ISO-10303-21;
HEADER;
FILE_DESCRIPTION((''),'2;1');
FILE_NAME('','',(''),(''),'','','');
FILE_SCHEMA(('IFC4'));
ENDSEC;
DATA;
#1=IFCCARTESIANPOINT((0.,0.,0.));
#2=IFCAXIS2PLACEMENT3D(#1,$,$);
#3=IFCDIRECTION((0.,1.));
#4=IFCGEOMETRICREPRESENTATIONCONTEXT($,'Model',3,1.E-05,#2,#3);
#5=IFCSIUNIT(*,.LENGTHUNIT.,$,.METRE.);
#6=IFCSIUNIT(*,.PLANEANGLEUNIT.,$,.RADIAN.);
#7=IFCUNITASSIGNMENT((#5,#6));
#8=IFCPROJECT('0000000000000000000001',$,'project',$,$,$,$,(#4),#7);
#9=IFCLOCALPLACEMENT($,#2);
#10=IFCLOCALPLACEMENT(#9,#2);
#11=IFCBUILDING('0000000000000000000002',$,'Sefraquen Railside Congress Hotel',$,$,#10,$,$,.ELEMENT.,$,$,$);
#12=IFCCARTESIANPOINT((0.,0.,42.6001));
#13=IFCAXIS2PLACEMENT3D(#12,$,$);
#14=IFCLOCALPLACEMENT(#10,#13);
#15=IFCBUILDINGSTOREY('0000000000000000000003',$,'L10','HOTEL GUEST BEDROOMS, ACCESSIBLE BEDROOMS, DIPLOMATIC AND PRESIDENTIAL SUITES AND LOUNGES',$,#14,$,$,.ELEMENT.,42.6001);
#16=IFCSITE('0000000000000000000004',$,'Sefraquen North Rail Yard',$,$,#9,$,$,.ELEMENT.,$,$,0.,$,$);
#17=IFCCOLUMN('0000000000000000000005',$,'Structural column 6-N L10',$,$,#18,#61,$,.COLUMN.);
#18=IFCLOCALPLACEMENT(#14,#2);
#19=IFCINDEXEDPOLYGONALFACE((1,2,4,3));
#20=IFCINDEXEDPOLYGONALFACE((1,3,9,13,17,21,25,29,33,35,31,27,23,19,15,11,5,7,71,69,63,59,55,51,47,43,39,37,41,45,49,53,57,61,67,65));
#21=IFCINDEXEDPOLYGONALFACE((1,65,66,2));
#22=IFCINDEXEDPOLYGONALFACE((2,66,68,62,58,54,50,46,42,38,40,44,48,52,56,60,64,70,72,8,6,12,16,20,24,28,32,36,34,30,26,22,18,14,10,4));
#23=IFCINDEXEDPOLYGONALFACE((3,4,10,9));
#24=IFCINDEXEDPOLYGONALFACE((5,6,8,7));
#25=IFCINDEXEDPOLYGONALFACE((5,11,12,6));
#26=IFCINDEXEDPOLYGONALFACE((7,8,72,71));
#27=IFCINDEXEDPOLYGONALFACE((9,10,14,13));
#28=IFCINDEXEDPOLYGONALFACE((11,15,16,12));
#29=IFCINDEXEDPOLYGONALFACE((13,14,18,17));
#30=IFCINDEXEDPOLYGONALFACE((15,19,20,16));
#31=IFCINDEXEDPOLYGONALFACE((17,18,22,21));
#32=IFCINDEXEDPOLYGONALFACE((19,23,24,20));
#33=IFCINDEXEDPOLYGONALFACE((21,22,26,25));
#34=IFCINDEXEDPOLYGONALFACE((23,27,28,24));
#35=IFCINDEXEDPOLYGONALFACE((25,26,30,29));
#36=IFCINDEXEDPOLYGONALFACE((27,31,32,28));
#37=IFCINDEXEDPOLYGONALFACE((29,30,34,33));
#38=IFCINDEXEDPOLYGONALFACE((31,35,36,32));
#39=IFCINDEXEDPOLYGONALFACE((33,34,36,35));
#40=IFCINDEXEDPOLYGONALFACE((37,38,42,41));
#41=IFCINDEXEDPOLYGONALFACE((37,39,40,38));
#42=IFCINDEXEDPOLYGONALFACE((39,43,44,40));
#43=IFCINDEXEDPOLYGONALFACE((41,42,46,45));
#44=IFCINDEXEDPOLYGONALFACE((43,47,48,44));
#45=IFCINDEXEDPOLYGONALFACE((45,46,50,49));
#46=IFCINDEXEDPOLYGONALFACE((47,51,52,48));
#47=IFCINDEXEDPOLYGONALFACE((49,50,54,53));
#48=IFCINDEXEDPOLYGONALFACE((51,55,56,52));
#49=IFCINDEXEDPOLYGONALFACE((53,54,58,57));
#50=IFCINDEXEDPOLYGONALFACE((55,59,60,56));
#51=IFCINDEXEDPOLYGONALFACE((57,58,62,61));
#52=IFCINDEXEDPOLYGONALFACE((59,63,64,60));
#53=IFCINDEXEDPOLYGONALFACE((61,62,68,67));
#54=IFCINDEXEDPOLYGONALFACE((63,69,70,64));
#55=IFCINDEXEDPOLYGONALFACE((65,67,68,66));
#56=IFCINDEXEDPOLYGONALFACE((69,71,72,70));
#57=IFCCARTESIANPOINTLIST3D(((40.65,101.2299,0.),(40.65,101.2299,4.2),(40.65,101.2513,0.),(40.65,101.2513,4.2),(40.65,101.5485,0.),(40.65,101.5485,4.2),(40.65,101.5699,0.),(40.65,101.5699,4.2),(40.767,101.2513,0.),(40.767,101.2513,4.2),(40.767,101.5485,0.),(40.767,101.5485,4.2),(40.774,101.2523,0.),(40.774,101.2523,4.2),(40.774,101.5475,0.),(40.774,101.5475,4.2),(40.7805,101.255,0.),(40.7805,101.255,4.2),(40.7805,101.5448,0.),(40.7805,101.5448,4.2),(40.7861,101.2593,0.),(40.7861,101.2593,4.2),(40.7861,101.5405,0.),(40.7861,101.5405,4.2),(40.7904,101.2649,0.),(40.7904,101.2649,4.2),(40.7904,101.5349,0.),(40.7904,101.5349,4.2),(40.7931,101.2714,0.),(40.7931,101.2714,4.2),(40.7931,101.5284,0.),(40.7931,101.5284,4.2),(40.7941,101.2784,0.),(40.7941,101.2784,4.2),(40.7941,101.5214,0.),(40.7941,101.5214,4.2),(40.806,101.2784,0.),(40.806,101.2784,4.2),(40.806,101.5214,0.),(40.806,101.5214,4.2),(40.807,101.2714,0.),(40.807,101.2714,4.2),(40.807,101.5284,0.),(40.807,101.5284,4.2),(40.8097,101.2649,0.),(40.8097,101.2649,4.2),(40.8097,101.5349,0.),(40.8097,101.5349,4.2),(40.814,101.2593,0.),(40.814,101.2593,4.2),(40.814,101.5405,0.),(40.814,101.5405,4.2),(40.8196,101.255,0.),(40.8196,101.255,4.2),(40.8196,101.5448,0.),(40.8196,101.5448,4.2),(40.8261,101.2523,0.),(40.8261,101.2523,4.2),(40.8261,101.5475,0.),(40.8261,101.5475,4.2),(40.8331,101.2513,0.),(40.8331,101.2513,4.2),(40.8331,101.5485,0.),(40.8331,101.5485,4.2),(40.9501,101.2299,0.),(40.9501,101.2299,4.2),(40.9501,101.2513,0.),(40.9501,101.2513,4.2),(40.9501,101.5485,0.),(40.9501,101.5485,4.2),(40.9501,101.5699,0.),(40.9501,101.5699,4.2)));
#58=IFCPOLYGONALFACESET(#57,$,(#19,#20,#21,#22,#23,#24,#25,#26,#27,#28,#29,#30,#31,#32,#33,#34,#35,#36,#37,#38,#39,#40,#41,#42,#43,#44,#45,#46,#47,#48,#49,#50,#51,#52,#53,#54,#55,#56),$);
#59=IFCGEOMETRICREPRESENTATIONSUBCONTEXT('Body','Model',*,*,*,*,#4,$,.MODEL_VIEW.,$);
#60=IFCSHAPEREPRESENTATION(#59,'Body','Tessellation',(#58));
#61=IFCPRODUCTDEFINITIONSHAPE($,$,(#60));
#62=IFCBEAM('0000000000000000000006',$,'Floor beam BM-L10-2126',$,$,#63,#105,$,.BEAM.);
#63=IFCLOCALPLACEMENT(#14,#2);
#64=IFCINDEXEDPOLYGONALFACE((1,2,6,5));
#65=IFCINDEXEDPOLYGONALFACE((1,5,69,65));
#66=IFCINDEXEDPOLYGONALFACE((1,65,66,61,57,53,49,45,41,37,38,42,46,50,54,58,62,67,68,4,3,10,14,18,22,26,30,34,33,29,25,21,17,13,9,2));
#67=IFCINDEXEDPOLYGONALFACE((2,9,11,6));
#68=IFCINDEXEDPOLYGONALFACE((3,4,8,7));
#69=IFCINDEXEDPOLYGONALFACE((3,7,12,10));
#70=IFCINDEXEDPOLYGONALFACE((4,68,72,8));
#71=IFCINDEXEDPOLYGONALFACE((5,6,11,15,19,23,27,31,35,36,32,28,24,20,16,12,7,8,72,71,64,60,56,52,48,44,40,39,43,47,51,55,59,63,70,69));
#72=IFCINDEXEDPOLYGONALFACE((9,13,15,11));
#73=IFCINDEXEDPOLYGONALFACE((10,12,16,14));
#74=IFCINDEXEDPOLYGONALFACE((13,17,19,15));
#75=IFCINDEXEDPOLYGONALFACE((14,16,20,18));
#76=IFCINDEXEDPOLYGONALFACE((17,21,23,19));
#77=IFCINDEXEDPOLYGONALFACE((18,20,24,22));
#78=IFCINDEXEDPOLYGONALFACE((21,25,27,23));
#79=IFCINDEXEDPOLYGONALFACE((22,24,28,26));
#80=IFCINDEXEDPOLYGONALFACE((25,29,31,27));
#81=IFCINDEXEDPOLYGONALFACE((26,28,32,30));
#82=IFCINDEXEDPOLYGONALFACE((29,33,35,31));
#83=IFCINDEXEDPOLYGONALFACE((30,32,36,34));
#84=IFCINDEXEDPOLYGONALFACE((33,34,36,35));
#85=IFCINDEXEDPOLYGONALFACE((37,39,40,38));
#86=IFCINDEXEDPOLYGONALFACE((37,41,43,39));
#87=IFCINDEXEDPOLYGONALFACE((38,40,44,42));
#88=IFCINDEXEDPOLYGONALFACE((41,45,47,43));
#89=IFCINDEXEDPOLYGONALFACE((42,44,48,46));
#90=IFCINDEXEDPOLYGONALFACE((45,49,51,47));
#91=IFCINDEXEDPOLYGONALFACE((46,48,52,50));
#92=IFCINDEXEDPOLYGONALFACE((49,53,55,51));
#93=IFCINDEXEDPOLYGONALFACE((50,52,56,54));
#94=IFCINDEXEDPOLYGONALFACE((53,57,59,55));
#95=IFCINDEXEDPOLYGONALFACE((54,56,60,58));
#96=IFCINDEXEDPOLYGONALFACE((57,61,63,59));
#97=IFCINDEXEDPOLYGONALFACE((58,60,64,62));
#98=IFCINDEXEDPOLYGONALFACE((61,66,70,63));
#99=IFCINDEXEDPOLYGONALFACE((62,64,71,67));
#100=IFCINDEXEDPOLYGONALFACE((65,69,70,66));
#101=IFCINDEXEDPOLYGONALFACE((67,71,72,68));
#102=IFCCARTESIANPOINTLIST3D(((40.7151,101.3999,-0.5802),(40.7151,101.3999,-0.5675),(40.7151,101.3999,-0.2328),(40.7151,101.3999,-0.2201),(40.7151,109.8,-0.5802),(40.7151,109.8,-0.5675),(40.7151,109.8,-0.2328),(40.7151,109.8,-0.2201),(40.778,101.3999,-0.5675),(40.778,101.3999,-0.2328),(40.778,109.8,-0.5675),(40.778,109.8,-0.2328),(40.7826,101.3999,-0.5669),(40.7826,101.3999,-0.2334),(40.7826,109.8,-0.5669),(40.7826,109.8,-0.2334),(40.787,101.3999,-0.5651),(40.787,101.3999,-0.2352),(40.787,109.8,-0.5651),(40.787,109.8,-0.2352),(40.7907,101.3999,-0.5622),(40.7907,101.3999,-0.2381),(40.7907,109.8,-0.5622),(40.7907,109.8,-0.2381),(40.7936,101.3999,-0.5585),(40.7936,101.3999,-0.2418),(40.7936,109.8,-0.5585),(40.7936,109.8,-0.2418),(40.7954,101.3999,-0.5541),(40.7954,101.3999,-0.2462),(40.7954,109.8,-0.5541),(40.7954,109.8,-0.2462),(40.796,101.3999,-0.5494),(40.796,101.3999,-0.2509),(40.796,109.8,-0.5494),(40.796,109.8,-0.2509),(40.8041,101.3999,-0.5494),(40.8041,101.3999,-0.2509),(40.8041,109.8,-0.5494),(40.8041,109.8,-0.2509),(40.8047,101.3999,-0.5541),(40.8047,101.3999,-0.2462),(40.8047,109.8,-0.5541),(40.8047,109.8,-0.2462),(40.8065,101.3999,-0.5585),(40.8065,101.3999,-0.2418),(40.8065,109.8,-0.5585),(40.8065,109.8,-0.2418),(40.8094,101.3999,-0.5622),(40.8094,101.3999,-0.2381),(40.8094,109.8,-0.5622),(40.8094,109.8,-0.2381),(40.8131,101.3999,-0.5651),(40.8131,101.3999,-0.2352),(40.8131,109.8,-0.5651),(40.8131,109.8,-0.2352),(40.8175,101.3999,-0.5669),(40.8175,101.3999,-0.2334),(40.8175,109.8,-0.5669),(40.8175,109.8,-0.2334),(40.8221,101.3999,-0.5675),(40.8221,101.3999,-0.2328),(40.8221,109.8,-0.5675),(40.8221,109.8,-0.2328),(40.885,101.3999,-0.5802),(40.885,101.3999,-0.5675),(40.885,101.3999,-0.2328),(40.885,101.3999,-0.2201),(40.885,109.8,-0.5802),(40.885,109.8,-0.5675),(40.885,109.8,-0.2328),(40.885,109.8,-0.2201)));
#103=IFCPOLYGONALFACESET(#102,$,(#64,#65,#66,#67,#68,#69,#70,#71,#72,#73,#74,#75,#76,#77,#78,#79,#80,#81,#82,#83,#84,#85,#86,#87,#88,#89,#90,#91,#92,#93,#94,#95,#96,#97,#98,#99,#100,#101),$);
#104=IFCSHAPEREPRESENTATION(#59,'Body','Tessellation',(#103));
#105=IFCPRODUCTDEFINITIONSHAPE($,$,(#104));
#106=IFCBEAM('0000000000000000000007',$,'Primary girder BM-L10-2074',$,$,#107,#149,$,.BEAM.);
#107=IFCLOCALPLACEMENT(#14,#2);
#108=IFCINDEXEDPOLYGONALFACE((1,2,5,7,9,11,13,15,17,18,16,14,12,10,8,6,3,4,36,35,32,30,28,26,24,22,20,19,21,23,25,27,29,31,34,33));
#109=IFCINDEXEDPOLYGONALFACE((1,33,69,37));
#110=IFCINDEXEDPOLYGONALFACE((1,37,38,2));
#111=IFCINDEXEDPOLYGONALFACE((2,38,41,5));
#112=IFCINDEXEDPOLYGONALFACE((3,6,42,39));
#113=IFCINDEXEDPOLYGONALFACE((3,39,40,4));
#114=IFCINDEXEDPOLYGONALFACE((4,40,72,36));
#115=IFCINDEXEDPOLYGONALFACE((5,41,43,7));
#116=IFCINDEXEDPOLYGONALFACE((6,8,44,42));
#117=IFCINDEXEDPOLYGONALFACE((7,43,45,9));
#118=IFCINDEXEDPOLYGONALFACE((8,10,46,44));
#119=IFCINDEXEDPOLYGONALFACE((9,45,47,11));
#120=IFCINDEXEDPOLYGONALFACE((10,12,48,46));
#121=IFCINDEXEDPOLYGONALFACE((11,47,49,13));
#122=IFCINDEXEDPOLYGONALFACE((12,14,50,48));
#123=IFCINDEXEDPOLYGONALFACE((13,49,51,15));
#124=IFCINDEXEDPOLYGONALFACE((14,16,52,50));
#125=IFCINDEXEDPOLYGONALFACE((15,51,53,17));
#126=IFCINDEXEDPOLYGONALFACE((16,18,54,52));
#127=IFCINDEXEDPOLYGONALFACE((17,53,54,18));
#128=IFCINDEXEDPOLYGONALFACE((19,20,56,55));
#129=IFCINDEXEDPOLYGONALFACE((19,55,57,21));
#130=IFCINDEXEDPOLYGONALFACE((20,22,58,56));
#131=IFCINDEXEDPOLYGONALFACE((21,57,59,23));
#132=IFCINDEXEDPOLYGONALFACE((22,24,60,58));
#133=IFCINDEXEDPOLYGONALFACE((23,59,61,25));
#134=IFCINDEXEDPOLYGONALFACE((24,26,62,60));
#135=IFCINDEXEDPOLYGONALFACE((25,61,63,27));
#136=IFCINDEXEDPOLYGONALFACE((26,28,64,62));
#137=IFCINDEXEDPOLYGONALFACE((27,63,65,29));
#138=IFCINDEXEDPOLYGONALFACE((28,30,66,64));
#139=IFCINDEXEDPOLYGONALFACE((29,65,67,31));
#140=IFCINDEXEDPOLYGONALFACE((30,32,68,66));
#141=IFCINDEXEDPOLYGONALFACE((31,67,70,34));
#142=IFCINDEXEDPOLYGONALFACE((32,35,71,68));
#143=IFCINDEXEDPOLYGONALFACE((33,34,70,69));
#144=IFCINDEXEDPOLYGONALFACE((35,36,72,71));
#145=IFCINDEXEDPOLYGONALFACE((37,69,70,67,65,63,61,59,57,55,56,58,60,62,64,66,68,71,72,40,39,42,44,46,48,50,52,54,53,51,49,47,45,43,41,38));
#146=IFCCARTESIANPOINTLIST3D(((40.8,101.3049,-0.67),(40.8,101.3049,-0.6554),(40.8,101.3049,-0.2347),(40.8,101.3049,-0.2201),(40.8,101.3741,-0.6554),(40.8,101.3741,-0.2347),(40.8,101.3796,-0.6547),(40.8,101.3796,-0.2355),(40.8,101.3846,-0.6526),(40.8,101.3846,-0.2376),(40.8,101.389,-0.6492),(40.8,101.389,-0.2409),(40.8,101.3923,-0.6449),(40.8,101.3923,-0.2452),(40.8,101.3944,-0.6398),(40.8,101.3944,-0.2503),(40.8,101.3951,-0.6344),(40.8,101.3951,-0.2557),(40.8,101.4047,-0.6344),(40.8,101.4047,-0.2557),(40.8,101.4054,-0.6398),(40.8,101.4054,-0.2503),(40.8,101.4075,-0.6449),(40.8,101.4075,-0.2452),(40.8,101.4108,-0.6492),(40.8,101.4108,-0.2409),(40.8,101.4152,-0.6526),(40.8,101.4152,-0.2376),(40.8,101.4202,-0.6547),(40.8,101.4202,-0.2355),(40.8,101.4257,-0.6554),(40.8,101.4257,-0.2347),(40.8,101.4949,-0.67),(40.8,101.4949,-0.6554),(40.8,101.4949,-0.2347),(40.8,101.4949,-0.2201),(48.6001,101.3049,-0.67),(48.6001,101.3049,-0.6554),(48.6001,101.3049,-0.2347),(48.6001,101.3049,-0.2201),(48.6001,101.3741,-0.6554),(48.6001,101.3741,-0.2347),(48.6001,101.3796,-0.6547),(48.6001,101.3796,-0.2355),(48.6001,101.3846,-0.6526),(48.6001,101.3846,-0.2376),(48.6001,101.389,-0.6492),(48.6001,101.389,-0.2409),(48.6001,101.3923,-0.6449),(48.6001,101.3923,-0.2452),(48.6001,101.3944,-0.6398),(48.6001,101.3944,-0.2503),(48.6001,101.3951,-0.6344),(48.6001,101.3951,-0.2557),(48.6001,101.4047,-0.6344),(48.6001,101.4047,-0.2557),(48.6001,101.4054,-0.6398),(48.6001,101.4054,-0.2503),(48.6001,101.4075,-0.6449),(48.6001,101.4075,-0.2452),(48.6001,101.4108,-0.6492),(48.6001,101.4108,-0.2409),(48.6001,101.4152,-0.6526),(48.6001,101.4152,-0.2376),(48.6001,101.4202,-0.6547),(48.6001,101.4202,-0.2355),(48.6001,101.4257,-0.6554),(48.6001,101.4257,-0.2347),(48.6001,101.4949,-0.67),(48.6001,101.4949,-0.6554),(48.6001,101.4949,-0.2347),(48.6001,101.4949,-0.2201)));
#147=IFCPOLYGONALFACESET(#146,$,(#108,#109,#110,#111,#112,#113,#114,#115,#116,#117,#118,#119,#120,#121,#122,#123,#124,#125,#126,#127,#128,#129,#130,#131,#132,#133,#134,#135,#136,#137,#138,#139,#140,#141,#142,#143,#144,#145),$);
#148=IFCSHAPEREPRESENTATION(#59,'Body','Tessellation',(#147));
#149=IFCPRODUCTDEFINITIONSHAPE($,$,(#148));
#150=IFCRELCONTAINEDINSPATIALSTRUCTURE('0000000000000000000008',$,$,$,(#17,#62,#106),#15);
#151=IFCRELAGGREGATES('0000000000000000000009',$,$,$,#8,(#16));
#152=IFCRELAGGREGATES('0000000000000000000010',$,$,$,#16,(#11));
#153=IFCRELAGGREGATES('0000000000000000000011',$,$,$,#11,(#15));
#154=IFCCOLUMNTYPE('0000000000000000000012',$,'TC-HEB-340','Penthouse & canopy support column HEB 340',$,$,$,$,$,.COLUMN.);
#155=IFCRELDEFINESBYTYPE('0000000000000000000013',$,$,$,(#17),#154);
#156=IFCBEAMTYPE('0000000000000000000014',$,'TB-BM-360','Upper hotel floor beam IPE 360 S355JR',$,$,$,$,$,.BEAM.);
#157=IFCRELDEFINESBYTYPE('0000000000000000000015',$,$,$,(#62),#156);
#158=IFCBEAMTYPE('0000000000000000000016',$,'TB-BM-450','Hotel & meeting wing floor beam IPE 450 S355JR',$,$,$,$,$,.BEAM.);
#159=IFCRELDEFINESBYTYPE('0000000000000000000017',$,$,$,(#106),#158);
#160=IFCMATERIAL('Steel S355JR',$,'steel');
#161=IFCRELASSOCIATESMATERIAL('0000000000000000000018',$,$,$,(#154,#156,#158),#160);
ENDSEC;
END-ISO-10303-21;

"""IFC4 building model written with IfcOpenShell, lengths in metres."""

from ifc_helpers import new_model, si_unit, direction, frame, origin, origin_2d, place, context, subcontext, project, spatial, i_section, extrude, material, material_profile, profile_set, type_object, element, save


model = new_model("IFC4")

# Units and contexts
model_context = context("Model", 3, precision=1e-05, world=origin(), true_north=direction((0.0, 1.0)))
body_context = subcontext(model_context, "Body", "Model", "MODEL_VIEW")
ifc_project = project(units=[si_unit("LENGTHUNIT", "METRE"), si_unit("PLANEANGLEUNIT", "RADIAN")], contexts=[model_context])

# Site, building, storey
site_placement = place(None, origin())
site = spatial("IfcSite", under=ifc_project, at=site_placement, Name="Sefraquen North Rail Yard", CompositionType="ELEMENT", RefElevation=0.0)
building_placement = place(site_placement, origin())
building = spatial("IfcBuilding", under=site, at=building_placement, Name="Sefraquen Railside Congress Hotel", CompositionType="ELEMENT")
storey_placement = place(building_placement, frame((0.0, 0.0, 42.6001)))
storey = spatial("IfcBuildingStorey", under=building, at=storey_placement, Name="L10", Description="HOTEL GUEST BEDROOMS, ACCESSIBLE BEDROOMS, DIPLOMATIC AND PRESIDENTIAL SUITES AND LOUNGES", CompositionType="ELEMENT", Elevation=42.6001)

# Column
ifc_material_1 = material(Name="Steel S355JR", Category="steel")
ifc_material_profile_1 = material_profile(ifc_material_1, i_section(OverallWidth=0.3, OverallDepth=0.3401, WebThickness=0.012, FlangeThickness=0.0215, FilletRadius=0.0271, at=origin_2d()), Name="HEB 340")
ifc_profile_set_1 = profile_set([ifc_material_profile_1], Name="Steel S355JR")
column_type = type_object("IfcColumnType", Name="TC-HEB-340", Description="Penthouse & canopy support column HEB 340", PredefinedType="COLUMN", material=ifc_profile_set_1)
column_placement = place(storey_placement, frame((40.8, 101.3999, 0.0), z_axis=(0.0, 0.0, 1.0), x_axis=(1.0, 0.0, 0.0)))
element("IfcColumn", 1, at=column_placement, inside=storey, type_object=column_type, Name="Structural column 6-N L10", PredefinedType="COLUMN", context=body_context, shape_type="SweptSolid", body=[
    extrude(i_section(OverallWidth=0.3, OverallDepth=0.3401, WebThickness=0.012, FlangeThickness=0.0215, FilletRadius=0.0271, at=origin_2d()), origin(), (0.0, 0.0, 1.0), 4.2),
])

# Beams
ifc_material_profile_2 = material_profile(ifc_material_1, i_section(OverallWidth=0.1699, OverallDepth=0.3601, WebThickness=0.0081, FlangeThickness=0.0127, FilletRadius=0.0181, at=origin_2d()), Name="IPE 360")
ifc_profile_set_2 = profile_set([ifc_material_profile_2], Name="Steel S355JR")
beam_type_1 = type_object("IfcBeamType", Name="TB-BM-360", Description="Upper hotel floor beam IPE 360 S355JR", PredefinedType="BEAM", material=ifc_profile_set_2)
beam_1_placement = place(storey_placement, frame((40.8, 101.3999, -0.4001), z_axis=(0.0, 1.0, 0.0), x_axis=(-1.0, 0.0, 0.0)))
element("IfcBeam", 2, at=beam_1_placement, inside=storey, type_object=beam_type_1, Name="Floor beam BM-L10-2126", PredefinedType="BEAM", context=body_context, shape_type="SweptSolid", body=[
    extrude(i_section(OverallWidth=0.1699, OverallDepth=0.3601, WebThickness=0.0081, FlangeThickness=0.0127, FilletRadius=0.0181, at=origin_2d()), origin(), (0.0, 0.0, 1.0), 8.4001),
])
ifc_material_profile_3 = material_profile(ifc_material_1, i_section(OverallWidth=0.1899, OverallDepth=0.45, WebThickness=0.0095, FlangeThickness=0.0146, FilletRadius=0.021, at=origin_2d()), Name="IPE 450")
ifc_profile_set_3 = profile_set([ifc_material_profile_3], Name="Steel S355JR")
beam_type_2 = type_object("IfcBeamType", Name="TB-BM-450", Description="Hotel & meeting wing floor beam IPE 450 S355JR", PredefinedType="BEAM", material=ifc_profile_set_3)
beam_2_placement = place(storey_placement, frame((40.8, 101.3999, -0.4451), z_axis=(1.0, 0.0, 0.0), x_axis=(0.0, 1.0, 0.0)))
element("IfcBeam", 3, at=beam_2_placement, inside=storey, type_object=beam_type_2, Name="Primary girder BM-L10-2074", PredefinedType="BEAM", context=body_context, shape_type="SweptSolid", body=[
    extrude(i_section(OverallWidth=0.1899, OverallDepth=0.45, WebThickness=0.0095, FlangeThickness=0.0146, FilletRadius=0.021, at=origin_2d()), origin(), (0.0, 0.0, 1.0), 7.8),
])

save(model, "model.ifc")
